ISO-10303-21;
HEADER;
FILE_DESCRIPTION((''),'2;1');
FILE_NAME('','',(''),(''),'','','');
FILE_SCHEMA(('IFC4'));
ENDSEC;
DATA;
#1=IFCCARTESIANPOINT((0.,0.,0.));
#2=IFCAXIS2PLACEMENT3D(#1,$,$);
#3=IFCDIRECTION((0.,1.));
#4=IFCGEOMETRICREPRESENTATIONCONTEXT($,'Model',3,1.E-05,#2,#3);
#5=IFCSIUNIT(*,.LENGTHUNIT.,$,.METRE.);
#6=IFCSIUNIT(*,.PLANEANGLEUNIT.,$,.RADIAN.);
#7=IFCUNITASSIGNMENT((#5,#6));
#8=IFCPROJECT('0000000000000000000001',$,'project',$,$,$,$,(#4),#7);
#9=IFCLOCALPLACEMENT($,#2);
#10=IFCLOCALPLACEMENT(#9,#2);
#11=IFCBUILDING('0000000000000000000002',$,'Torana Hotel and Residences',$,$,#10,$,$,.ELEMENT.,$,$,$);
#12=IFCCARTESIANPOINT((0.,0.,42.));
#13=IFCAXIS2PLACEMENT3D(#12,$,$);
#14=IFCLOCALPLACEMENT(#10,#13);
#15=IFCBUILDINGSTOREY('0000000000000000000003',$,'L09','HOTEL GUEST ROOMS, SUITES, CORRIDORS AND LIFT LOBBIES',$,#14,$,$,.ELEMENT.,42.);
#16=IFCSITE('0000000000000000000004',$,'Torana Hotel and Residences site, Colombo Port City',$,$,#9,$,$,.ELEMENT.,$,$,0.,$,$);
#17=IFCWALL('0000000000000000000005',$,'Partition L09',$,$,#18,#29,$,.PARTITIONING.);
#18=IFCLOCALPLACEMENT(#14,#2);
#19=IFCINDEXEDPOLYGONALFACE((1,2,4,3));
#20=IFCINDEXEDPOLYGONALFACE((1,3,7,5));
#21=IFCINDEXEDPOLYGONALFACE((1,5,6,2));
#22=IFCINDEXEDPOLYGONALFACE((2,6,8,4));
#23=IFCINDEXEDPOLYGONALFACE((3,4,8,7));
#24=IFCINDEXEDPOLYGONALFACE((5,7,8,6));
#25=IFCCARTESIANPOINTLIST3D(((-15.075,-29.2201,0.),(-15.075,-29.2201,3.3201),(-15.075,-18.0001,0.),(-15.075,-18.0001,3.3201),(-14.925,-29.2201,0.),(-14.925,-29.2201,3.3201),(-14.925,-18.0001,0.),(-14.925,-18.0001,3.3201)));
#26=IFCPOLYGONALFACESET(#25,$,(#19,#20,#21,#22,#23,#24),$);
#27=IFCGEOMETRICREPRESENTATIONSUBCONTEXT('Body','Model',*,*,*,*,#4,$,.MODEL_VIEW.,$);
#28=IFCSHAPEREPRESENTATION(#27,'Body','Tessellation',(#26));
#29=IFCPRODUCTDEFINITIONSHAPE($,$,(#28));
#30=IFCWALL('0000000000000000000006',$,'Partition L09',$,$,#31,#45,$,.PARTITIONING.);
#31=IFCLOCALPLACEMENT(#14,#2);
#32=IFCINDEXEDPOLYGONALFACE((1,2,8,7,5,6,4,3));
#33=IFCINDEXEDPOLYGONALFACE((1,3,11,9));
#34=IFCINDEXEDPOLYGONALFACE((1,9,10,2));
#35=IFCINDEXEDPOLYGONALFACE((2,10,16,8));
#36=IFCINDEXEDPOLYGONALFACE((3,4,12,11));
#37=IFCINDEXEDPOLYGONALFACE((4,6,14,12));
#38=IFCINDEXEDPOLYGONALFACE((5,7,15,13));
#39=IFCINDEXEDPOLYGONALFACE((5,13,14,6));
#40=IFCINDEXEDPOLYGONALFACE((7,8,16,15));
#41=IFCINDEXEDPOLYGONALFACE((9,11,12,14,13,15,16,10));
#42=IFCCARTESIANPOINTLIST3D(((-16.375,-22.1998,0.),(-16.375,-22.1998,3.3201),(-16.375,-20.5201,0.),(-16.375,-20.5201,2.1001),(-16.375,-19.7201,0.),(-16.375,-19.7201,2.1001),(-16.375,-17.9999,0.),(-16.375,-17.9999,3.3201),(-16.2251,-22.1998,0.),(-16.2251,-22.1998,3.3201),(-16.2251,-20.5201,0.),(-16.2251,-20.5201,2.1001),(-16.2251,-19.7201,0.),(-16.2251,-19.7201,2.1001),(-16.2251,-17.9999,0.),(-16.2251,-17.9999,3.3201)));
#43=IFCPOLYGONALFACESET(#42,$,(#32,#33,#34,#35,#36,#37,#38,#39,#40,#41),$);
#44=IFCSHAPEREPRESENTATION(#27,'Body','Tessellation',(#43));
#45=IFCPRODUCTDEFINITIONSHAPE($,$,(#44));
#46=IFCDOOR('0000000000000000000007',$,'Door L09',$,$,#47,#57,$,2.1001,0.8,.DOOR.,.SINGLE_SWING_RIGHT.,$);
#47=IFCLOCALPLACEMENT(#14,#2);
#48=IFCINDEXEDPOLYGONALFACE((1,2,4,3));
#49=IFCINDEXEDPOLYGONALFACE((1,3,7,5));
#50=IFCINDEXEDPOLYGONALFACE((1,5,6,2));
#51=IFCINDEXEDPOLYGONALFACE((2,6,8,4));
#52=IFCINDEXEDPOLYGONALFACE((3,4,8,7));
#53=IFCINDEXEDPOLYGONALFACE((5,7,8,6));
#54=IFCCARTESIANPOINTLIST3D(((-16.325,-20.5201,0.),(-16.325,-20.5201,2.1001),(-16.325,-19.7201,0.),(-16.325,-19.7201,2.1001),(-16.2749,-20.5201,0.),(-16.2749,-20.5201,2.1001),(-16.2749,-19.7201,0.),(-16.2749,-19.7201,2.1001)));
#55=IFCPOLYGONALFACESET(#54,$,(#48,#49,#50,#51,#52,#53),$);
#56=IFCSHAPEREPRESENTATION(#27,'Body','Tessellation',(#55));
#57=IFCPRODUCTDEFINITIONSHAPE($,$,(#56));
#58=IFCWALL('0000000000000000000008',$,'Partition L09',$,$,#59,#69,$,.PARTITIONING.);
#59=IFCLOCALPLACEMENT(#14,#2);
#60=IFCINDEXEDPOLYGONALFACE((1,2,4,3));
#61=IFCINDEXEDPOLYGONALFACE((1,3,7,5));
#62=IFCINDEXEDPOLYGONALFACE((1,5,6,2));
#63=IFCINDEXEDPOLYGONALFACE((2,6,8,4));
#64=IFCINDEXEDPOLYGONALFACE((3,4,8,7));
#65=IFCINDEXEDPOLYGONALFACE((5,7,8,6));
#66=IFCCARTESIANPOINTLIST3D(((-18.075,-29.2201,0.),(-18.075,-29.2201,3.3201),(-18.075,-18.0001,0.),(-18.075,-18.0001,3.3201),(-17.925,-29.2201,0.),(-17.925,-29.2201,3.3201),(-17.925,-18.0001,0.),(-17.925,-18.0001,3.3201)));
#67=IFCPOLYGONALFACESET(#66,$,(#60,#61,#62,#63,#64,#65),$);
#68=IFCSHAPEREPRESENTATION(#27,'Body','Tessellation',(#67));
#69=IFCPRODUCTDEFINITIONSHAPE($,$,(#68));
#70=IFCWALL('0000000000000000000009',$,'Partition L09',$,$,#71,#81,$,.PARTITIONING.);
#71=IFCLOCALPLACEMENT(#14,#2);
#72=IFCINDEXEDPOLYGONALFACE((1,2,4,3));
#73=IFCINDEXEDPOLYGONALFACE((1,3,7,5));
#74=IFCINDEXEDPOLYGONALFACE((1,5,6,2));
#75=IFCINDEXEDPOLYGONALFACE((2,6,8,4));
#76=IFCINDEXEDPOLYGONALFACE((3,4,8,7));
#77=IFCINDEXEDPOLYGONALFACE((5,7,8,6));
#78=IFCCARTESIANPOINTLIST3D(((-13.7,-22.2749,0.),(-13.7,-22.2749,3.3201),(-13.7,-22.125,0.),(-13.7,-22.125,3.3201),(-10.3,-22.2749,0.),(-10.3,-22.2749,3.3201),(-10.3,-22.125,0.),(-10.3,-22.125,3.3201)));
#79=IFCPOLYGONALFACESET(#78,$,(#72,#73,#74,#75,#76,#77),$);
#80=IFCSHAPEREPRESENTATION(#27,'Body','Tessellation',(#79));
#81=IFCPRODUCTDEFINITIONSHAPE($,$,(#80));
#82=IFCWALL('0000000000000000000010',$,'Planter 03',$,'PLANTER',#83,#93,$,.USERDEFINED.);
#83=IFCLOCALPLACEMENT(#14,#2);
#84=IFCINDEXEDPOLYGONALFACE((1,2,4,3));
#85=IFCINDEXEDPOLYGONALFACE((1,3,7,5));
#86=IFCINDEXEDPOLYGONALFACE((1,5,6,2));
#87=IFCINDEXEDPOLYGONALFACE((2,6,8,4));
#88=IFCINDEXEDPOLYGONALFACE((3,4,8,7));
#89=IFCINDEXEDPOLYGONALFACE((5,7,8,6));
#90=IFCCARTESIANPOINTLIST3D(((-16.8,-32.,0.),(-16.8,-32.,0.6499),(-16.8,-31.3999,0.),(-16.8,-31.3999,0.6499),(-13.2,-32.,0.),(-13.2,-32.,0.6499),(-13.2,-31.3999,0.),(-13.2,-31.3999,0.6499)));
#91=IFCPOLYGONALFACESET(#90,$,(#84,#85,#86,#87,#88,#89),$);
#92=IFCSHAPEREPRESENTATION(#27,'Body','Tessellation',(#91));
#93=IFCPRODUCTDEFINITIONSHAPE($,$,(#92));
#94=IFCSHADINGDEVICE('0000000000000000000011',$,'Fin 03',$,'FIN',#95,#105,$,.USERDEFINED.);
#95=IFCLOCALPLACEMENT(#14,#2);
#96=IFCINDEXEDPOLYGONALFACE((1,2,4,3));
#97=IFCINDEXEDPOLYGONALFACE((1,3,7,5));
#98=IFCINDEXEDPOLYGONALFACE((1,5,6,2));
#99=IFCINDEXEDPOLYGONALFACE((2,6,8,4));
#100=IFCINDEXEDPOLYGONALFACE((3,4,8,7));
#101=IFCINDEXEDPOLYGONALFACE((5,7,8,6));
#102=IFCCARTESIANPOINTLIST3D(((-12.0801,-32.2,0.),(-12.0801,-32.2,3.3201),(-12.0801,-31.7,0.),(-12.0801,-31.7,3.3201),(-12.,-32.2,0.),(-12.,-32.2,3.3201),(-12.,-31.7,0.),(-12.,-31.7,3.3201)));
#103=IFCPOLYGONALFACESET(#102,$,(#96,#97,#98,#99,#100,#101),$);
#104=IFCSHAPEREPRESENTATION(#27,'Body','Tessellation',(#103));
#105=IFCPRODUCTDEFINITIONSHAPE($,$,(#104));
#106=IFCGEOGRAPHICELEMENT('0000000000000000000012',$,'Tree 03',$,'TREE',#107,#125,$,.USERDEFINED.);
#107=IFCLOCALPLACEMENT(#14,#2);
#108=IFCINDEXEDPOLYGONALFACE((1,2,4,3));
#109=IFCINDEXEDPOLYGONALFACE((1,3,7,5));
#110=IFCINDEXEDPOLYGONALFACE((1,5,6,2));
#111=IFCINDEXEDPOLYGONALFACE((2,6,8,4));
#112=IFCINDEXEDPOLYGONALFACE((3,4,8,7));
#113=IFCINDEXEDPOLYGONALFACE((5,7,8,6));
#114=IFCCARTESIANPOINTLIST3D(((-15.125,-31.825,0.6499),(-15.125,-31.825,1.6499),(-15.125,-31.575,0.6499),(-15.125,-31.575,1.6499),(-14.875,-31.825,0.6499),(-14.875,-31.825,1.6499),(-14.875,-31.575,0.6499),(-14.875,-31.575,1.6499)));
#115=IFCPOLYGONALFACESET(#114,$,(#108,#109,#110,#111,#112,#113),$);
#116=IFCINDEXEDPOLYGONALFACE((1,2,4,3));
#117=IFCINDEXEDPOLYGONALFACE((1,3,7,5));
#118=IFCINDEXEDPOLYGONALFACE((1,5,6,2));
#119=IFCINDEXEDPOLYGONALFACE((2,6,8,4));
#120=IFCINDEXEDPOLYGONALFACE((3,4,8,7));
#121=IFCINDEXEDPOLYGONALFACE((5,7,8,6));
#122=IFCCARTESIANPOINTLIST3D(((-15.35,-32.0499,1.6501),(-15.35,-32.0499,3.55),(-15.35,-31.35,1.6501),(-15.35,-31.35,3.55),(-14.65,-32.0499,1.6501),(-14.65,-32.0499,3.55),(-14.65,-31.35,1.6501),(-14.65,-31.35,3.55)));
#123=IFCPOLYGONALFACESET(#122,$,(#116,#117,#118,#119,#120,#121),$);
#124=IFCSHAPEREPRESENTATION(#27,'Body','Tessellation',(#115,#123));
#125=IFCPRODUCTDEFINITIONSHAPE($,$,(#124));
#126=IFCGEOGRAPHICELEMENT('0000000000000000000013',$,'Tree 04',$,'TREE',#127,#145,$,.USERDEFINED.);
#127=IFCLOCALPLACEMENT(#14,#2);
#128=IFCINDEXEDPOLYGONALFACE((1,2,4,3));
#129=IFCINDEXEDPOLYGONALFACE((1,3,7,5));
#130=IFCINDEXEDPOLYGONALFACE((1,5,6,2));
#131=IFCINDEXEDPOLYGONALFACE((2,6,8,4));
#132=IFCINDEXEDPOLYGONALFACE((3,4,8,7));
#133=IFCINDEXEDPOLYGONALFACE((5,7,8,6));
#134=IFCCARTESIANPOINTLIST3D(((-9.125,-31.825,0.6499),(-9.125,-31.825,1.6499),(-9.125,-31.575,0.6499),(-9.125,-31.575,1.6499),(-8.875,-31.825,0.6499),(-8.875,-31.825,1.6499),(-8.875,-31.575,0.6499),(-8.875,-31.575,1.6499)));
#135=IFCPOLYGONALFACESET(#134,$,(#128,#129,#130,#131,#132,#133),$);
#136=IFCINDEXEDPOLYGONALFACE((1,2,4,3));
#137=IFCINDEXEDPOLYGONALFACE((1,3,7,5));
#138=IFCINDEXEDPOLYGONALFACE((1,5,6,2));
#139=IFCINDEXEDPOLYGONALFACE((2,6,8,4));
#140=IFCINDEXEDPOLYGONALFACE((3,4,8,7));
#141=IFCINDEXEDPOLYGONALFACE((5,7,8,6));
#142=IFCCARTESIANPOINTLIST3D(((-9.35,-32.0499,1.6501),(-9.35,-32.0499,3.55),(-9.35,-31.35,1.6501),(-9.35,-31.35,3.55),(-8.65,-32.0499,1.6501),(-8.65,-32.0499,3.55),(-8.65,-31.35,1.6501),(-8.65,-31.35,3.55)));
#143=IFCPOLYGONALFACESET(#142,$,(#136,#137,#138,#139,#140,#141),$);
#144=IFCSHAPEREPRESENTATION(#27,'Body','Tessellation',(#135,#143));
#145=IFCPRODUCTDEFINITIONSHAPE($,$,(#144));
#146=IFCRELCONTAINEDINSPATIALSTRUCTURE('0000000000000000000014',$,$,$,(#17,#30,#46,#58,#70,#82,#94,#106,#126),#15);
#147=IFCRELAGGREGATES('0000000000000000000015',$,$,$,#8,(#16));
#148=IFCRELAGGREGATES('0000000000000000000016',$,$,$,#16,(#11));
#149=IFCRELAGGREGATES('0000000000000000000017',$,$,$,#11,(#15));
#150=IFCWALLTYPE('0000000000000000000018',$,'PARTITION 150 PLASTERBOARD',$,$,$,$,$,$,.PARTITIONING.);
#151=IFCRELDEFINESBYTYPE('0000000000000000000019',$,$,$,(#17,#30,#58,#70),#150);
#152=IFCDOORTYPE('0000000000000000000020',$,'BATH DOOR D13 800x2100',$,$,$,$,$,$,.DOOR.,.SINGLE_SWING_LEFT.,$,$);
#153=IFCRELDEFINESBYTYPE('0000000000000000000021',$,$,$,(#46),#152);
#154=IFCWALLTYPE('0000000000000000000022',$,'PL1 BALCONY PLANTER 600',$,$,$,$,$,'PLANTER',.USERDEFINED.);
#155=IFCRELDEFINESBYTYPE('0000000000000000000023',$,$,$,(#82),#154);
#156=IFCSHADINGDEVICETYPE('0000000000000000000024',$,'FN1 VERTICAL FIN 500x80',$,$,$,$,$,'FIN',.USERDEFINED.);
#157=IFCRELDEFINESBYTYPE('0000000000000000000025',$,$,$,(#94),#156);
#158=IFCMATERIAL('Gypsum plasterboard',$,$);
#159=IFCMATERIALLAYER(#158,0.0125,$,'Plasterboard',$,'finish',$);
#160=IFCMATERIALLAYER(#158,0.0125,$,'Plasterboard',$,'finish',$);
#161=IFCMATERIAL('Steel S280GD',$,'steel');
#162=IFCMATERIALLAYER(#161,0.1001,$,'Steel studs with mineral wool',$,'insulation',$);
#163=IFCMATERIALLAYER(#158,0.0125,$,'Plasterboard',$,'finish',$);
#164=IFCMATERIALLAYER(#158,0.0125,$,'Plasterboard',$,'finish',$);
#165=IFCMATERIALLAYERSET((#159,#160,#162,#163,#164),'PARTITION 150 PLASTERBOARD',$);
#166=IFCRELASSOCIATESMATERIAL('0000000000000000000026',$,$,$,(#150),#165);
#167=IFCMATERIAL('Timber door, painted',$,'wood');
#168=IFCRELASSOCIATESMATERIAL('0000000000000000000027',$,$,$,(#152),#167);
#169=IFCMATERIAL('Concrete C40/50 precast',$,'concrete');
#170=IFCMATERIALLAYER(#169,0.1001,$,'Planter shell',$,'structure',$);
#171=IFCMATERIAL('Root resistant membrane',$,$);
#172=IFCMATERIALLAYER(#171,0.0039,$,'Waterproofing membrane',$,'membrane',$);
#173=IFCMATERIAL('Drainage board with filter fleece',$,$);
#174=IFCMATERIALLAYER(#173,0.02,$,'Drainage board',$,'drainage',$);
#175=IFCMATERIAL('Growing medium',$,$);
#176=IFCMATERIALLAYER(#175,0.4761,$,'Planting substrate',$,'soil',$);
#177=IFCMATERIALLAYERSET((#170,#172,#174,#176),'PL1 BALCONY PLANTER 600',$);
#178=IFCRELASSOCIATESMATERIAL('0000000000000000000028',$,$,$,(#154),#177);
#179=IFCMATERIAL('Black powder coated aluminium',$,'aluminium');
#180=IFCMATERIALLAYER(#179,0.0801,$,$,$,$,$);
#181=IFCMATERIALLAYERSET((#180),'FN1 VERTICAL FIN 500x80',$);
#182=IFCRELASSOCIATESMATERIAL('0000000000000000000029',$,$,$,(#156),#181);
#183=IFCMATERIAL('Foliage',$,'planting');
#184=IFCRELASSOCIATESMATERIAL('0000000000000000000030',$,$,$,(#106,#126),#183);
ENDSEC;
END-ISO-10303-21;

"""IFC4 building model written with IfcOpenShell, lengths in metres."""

from ifc_helpers import new_model, si_unit, direction, frame, frame_2d, origin, origin_2d, place, context, subcontext, project, spatial, rectangle, extrude, material, layer, layer_set, type_object, element, fill, save


model = new_model("IFC4")

# Units and contexts
model_context = context("Model", 3, precision=1e-05, world=origin(), true_north=direction((0.0, 1.0)))
body_context = subcontext(model_context, "Body", "Model", "MODEL_VIEW")
ifc_project = project(units=[si_unit("LENGTHUNIT", "METRE"), si_unit("PLANEANGLEUNIT", "RADIAN")], contexts=[model_context])

# Site, building, storey
site_placement = place(None, origin())
site = spatial("IfcSite", under=ifc_project, at=site_placement, Name="Torana Hotel and Residences site, Colombo Port City", CompositionType="ELEMENT", RefElevation=0.0)
building_placement = place(site_placement, origin())
building = spatial("IfcBuilding", under=site, at=building_placement, Name="Torana Hotel and Residences", CompositionType="ELEMENT")
storey_placement = place(building_placement, frame((0.0, 0.0, 42.0)))
storey = spatial("IfcBuildingStorey", under=building, at=storey_placement, Name="L09", Description="HOTEL GUEST ROOMS, SUITES, CORRIDORS AND LIFT LOBBIES", CompositionType="ELEMENT", Elevation=42.0)

# Shared definitions
ifc_material_1 = material(Name="Gypsum plasterboard")
ifc_layer_1 = layer(ifc_material_1, 0.0125, Name="Plasterboard", Category="finish")
ifc_layer_2 = layer(ifc_material_1, 0.0125, Name="Plasterboard", Category="finish")
ifc_material_2 = material(Name="Steel S280GD", Category="steel")
ifc_layer_3 = layer(ifc_material_2, 0.1001, Name="Steel studs with mineral wool", Category="insulation")
ifc_layer_4 = layer(ifc_material_1, 0.0125, Name="Plasterboard", Category="finish")
ifc_layer_5 = layer(ifc_material_1, 0.0125, Name="Plasterboard", Category="finish")
ifc_layer_set_1 = layer_set([ifc_layer_1, ifc_layer_2, ifc_layer_3, ifc_layer_4, ifc_layer_5], Name="PARTITION 150 PLASTERBOARD")
wall_type_1 = type_object("IfcWallType", Name="PARTITION 150 PLASTERBOARD", PredefinedType="PARTITIONING", material=ifc_layer_set_1)
ifc_material_3 = material(Name="Timber door, painted", Category="wood")
door_type = type_object("IfcDoorType", Name="BATH DOOR D13 800x2100", OperationType="SINGLE_SWING_LEFT", PredefinedType="DOOR", material=ifc_material_3)

# Wall
wall_1_placement = place(storey_placement, frame((-15.0, -29.22, 0.0), z_axis=(0.0, 0.0, 1.0), x_axis=(0.0, 1.0, 0.0)))
element("IfcWall", 1, at=wall_1_placement, inside=storey, type_object=wall_type_1, Name="Partition L09", PredefinedType="PARTITIONING", context=body_context, shape_type="SweptSolid", body=[
    extrude(rectangle(XDim=11.22, YDim=0.1499, at=frame_2d((5.6099, 0.0))), origin(), (0.0, 0.0, 1.0), 3.3201),
])

# Wall, opening, door
wall_2_placement = place(storey_placement, frame((-16.3, -22.2, 0.0), z_axis=(0.0, 0.0, 1.0), x_axis=(0.0, 1.0, 0.0)))
wall_2 = element("IfcWall", 2, at=wall_2_placement, inside=storey, type_object=wall_type_1, Name="Partition L09", PredefinedType="PARTITIONING", context=body_context, shape_type="SweptSolid", body=[
    extrude(rectangle(XDim=4.2, YDim=0.1499, at=frame_2d((2.1001, 0.0))), origin(), (0.0, 0.0, 1.0), 3.3201),
])
opening_1_placement = place(wall_2_placement, frame((1.6799, 0.0, 0.0)))
opening_1 = element("IfcOpeningElement", 3, at=opening_1_placement, cuts=wall_2, PredefinedType="OPENING", context=body_context, shape_type="SweptSolid", body=[
    extrude(rectangle(XDim=0.8, YDim=2.1001, at=frame_2d((0.3999, 1.05))), frame((0.0, 0.085, 0.0), z_axis=(0.0, -1.0, 0.0), x_axis=(1.0, 0.0, 0.0)), (0.0, 0.0, 1.0), 0.1699),
])
door_1_placement = place(opening_1_placement, origin())
door_1 = element("IfcDoor", 4, at=door_1_placement, inside=storey, type_object=door_type, Name="Door L09", OperationType="SINGLE_SWING_RIGHT", OverallHeight=2.1001, OverallWidth=0.8, PredefinedType="DOOR", context=body_context, shape_type="SweptSolid", body=[
    extrude(rectangle(XDim=0.8, YDim=2.1001, at=frame_2d((0.3999, 1.05))), frame((0.0, 0.0249, 0.0), z_axis=(0.0, -1.0, 0.0), x_axis=(1.0, 0.0, 0.0)), (0.0, 0.0, 1.0), 0.05),
])
fill(opening_1, door_1)

# Walls
wall_3_placement = place(storey_placement, frame((-18.0, -29.22, 0.0), z_axis=(0.0, 0.0, 1.0), x_axis=(0.0, 1.0, 0.0)))
element("IfcWall", 5, at=wall_3_placement, inside=storey, type_object=wall_type_1, Name="Partition L09", PredefinedType="PARTITIONING", context=body_context, shape_type="SweptSolid", body=[
    extrude(rectangle(XDim=11.22, YDim=0.1499, at=frame_2d((5.6099, 0.0))), origin(), (0.0, 0.0, 1.0), 3.3201),
])
wall_4_placement = place(storey_placement, frame((-13.7, -22.2, 0.0), z_axis=(0.0, 0.0, 1.0), x_axis=(1.0, 0.0, 0.0)))
element("IfcWall", 6, at=wall_4_placement, inside=storey, type_object=wall_type_1, Name="Partition L09", PredefinedType="PARTITIONING", context=body_context, shape_type="SweptSolid", body=[
    extrude(rectangle(XDim=3.3999, YDim=0.1499, at=frame_2d((1.7, 0.0))), origin(), (0.0, 0.0, 1.0), 3.3201),
])
ifc_material_4 = material(Name="Concrete C40/50 precast", Category="concrete")
ifc_layer_6 = layer(ifc_material_4, 0.1001, Name="Planter shell", Category="structure")
ifc_material_5 = material(Name="Root resistant membrane")
ifc_layer_7 = layer(ifc_material_5, 0.0039, Name="Waterproofing membrane", Category="membrane")
ifc_material_6 = material(Name="Drainage board with filter fleece")
ifc_layer_8 = layer(ifc_material_6, 0.02, Name="Drainage board", Category="drainage")
ifc_material_7 = material(Name="Growing medium")
ifc_layer_9 = layer(ifc_material_7, 0.4761, Name="Planting substrate", Category="soil")
ifc_layer_set_2 = layer_set([ifc_layer_6, ifc_layer_7, ifc_layer_8, ifc_layer_9], Name="PL1 BALCONY PLANTER 600")
wall_type_2 = type_object("IfcWallType", Name="PL1 BALCONY PLANTER 600", ElementType="PLANTER", PredefinedType="USERDEFINED", material=ifc_layer_set_2)
wall_5_placement = place(storey_placement, frame((-13.2, -31.7, 0.0), z_axis=(0.0, 0.0, 1.0), x_axis=(-1.0, 0.0, 0.0)))
element("IfcWall", 7, at=wall_5_placement, inside=storey, type_object=wall_type_2, Name="Planter 03", ObjectType="PLANTER", PredefinedType="USERDEFINED", context=body_context, shape_type="SweptSolid", body=[
    extrude(rectangle(XDim=3.6001, YDim=0.6001, at=frame_2d((1.8, 0.0))), origin(), (0.0, 0.0, 1.0), 0.6499),
])

# Shading device
ifc_material_8 = material(Name="Black powder coated aluminium", Category="aluminium")
ifc_layer_10 = layer(ifc_material_8, 0.0801)
ifc_layer_set_3 = layer_set([ifc_layer_10], Name="FN1 VERTICAL FIN 500x80")
shading_device_type = type_object("IfcShadingDeviceType", Name="FN1 VERTICAL FIN 500x80", ElementType="FIN", PredefinedType="USERDEFINED", material=ifc_layer_set_3)
shading_device_placement = place(storey_placement, frame((-12.04, -31.95, 0.0), z_axis=(0.0, 0.0, 1.0), x_axis=(-1.0, 0.0, 0.0)))
element("IfcShadingDevice", 8, at=shading_device_placement, inside=storey, type_object=shading_device_type, Name="Fin 03", ObjectType="FIN", PredefinedType="USERDEFINED", context=body_context, shape_type="SweptSolid", body=[
    extrude(rectangle(XDim=0.0801, YDim=0.5, at=origin_2d()), origin(), (0.0, 0.0, 1.0), 3.3201),
])

# Geographic elements
ifc_material_9 = material(Name="Foliage", Category="planting")
for number, where, z_axis, x_axis, name in (
    (9, (-15.0, -31.7, 0.6499), (0.0, 0.0, 1.0), (1.0, 0.0, 0.0), "Tree 03"),
    (10, (-9.0, -31.7, 0.6499), (0.0, 0.0, 1.0), (1.0, 0.0, 0.0), "Tree 04"),
):
    element("IfcGeographicElement", number, at=place(storey_placement, frame(where, z_axis=z_axis, x_axis=x_axis)), inside=storey, material=ifc_material_9, Name=name, ObjectType="TREE", PredefinedType="USERDEFINED", context=body_context, shape_type="SweptSolid", body=[
        extrude(rectangle(XDim=0.25, YDim=0.25, at=origin_2d()), origin(), (0.0, 0.0, 1.0), 1.0),
        extrude(rectangle(XDim=0.7, YDim=0.7, at=origin_2d()), frame((0.0, 0.0, 1.0002)), (0.0, 0.0, 1.0), 1.8999),
    ])

save(model, "model.ifc")
